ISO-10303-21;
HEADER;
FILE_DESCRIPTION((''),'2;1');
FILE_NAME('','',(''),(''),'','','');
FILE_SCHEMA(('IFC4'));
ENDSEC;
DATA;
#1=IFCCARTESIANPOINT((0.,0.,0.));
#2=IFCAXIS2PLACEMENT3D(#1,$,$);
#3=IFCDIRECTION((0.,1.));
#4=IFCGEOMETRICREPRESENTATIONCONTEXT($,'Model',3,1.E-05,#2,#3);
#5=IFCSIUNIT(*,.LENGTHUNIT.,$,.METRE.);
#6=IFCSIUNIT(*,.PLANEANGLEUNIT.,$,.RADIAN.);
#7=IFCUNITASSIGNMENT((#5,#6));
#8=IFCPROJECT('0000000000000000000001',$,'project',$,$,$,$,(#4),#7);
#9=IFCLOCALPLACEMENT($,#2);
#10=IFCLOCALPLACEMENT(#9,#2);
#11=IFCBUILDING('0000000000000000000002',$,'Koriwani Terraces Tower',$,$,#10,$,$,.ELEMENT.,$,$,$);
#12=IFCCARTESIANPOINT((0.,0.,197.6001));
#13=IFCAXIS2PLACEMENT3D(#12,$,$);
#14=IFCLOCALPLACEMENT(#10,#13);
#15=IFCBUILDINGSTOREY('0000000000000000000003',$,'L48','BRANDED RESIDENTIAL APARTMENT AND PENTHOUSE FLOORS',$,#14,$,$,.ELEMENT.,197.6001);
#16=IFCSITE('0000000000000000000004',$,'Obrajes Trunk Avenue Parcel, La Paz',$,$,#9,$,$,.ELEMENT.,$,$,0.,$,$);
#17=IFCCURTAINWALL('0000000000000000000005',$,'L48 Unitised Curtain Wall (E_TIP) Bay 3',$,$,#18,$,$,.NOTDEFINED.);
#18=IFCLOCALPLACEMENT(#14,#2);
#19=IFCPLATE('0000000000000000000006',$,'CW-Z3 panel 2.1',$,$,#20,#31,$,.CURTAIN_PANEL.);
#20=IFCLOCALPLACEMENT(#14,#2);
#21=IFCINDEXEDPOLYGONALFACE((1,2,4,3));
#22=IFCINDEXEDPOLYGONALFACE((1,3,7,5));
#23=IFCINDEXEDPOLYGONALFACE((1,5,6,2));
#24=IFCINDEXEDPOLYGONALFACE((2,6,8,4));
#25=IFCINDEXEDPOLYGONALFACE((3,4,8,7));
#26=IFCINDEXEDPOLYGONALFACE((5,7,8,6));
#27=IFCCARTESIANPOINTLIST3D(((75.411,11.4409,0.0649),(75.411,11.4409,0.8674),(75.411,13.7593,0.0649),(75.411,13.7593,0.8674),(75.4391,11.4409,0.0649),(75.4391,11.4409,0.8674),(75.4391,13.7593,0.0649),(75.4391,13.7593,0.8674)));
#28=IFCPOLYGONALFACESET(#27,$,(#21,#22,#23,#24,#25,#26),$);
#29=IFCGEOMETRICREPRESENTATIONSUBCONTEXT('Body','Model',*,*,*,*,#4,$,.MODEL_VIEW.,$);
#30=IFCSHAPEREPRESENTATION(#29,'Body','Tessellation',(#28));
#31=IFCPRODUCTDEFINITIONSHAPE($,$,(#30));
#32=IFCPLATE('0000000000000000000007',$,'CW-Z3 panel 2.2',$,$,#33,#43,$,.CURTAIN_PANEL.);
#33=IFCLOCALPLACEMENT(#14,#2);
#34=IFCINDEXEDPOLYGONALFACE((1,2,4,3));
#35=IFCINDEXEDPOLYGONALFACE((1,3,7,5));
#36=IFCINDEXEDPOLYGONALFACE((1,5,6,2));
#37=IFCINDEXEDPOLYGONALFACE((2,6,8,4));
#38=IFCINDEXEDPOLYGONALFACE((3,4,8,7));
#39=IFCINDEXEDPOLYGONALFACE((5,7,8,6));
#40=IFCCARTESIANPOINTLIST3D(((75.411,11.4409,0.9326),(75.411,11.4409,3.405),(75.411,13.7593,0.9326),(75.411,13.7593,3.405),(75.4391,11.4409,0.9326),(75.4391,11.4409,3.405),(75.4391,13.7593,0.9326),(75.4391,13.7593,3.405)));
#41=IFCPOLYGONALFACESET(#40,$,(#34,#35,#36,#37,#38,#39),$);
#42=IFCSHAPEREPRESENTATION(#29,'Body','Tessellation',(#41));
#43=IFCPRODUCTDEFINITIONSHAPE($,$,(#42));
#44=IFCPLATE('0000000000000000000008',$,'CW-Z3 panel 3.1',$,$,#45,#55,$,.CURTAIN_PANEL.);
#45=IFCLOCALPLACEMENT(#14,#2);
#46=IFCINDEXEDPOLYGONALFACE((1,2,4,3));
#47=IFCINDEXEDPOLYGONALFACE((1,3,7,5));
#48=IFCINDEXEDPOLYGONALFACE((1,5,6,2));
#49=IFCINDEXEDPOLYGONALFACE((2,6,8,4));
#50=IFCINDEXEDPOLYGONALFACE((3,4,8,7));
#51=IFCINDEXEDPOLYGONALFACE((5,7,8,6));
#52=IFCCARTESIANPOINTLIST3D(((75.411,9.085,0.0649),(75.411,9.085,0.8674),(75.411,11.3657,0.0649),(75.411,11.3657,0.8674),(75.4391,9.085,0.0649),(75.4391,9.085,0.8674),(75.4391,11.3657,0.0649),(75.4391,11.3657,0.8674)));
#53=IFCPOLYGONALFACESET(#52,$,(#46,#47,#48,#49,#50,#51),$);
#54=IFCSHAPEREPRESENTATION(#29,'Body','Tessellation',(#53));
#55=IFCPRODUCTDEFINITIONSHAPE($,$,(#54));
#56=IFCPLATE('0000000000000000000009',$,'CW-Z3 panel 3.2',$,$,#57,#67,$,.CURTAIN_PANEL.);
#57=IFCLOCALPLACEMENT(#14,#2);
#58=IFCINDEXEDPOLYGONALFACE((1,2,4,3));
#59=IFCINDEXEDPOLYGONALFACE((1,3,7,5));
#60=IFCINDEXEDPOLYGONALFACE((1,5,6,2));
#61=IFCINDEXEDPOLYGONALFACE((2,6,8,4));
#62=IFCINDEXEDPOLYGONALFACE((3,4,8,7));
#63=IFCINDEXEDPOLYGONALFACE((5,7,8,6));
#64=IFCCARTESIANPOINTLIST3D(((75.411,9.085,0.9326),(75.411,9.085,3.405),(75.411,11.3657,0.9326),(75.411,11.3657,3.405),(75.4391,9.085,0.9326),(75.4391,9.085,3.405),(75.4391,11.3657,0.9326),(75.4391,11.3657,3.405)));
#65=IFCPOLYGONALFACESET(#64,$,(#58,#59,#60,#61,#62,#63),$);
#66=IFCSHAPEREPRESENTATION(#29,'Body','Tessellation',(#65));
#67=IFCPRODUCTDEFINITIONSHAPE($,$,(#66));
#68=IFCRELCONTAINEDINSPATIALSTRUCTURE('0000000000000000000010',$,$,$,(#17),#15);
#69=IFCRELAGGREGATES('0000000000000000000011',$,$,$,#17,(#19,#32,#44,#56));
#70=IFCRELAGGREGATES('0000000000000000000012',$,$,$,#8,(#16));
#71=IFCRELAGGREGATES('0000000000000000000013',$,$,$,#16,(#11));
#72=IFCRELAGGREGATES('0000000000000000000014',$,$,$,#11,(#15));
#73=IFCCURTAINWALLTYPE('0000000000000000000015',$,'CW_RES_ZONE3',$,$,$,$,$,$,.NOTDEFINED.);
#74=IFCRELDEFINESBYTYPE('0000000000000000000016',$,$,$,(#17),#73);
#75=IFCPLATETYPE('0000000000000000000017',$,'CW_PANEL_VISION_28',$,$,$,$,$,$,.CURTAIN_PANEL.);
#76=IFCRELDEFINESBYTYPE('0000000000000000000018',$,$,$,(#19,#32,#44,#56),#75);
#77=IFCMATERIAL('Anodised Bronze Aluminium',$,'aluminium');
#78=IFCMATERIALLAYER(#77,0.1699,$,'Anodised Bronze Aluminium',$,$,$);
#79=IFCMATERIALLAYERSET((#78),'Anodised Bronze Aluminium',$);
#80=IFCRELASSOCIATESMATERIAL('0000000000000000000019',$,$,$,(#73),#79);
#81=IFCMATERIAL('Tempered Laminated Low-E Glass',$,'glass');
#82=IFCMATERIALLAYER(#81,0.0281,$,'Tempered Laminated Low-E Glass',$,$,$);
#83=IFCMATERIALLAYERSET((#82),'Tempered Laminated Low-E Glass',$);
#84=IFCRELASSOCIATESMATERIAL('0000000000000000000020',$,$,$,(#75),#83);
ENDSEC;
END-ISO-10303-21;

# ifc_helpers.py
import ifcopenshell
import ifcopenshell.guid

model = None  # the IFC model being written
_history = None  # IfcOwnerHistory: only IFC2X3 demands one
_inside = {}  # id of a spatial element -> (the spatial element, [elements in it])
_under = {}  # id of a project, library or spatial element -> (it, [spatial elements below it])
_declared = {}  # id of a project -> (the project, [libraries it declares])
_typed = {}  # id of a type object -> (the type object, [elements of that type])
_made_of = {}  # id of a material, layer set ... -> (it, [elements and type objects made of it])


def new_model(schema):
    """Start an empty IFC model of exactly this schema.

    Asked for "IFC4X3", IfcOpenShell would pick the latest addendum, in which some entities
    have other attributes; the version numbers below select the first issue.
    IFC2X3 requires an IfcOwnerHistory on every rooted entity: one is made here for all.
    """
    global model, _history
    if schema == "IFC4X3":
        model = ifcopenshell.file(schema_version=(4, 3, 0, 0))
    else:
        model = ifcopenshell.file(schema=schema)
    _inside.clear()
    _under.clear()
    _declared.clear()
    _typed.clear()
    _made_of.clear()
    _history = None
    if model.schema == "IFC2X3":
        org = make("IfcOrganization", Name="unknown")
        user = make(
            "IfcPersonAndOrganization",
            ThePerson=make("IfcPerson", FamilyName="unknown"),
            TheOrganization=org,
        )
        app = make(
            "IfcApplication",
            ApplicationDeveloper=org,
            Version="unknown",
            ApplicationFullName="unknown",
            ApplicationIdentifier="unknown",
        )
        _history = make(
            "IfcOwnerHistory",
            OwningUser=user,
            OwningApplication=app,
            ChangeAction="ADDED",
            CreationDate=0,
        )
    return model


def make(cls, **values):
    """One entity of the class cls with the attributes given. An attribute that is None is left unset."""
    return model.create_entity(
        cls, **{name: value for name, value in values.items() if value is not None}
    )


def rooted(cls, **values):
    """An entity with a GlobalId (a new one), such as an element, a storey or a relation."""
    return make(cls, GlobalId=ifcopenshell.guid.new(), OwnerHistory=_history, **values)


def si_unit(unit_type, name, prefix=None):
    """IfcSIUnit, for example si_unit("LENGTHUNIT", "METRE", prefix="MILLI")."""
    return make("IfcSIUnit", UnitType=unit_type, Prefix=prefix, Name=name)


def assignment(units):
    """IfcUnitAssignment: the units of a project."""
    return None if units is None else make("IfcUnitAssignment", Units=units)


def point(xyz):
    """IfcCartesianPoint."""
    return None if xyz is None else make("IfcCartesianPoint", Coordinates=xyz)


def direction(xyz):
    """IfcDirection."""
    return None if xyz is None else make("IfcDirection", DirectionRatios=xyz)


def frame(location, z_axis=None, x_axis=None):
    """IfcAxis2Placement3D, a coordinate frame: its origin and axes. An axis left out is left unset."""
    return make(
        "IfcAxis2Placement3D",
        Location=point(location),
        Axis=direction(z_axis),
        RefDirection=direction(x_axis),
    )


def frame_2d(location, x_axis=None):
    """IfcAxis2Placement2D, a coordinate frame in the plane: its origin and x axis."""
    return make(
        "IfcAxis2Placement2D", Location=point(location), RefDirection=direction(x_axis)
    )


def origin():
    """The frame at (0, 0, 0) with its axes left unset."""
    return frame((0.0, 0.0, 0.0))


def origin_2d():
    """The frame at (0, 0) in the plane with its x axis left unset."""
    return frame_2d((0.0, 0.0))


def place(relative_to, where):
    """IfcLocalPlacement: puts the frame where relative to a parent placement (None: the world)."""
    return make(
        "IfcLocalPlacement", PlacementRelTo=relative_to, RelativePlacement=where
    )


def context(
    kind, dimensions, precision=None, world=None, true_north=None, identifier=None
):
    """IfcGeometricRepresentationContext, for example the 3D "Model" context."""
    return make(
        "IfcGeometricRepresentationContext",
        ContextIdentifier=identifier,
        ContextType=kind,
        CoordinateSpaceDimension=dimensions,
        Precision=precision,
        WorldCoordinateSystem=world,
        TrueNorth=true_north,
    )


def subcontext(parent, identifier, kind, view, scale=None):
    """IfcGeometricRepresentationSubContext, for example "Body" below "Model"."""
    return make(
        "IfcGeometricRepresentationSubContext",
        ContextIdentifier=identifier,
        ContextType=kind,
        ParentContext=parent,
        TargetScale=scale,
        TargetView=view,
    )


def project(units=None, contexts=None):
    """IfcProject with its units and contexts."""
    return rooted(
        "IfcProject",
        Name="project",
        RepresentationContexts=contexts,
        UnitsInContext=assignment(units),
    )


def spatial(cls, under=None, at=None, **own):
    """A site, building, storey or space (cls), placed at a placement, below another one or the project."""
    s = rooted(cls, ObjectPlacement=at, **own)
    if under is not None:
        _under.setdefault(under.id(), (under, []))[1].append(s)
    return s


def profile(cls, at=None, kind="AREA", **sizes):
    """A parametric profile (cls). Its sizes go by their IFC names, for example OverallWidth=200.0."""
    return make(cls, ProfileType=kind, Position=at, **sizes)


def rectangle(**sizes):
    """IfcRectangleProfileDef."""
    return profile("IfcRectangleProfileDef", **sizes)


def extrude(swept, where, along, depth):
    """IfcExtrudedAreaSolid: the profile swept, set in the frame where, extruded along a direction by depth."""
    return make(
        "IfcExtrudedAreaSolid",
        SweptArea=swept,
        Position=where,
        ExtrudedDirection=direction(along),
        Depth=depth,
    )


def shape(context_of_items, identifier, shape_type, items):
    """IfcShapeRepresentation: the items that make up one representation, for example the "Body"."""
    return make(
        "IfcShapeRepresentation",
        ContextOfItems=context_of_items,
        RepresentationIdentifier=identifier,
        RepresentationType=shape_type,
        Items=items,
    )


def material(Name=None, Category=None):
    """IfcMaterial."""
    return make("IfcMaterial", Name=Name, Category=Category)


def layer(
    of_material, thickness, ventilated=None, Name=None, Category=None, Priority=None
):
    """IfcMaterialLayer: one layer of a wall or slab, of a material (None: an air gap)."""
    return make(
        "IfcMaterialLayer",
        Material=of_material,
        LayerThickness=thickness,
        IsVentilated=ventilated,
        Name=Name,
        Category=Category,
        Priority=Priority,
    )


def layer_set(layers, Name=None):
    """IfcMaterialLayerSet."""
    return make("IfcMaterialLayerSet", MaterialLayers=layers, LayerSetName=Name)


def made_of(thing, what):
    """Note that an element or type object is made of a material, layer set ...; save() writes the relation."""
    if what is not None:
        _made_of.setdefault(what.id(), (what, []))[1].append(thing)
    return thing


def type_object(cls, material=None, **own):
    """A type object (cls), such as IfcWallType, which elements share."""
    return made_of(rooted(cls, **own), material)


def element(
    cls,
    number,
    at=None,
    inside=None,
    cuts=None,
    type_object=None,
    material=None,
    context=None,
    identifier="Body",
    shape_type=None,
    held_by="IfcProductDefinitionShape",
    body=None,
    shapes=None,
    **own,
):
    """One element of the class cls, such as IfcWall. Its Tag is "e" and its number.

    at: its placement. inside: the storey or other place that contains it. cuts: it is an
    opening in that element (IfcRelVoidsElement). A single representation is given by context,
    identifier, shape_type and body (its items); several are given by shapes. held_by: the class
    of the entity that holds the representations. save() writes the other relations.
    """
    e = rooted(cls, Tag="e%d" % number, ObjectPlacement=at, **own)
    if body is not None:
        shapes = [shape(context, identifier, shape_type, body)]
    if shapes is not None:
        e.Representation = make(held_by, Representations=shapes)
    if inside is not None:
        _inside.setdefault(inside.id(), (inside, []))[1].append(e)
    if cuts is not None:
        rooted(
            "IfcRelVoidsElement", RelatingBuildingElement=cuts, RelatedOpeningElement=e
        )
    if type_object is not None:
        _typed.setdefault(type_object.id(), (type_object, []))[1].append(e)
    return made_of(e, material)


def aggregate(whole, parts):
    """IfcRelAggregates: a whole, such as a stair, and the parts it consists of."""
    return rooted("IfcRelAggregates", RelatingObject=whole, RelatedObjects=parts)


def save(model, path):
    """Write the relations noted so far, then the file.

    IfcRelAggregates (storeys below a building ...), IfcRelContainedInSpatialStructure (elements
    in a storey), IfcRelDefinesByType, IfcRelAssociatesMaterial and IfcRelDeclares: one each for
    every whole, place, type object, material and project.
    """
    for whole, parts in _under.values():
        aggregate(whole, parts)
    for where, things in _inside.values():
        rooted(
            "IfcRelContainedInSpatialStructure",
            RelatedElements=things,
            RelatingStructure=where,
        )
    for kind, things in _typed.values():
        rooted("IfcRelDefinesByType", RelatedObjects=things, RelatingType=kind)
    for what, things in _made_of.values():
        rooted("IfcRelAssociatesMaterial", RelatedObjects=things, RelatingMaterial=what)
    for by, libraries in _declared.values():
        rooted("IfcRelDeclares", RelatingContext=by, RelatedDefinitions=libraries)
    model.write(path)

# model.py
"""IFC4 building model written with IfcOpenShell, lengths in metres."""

from ifc_helpers import new_model, si_unit, direction, frame, origin, origin_2d, place, context, subcontext, project, spatial, rectangle, extrude, material, layer, layer_set, type_object, element, aggregate, save


model = new_model("IFC4")

# Units and contexts
model_context = context("Model", 3, precision=1e-05, world=origin(), true_north=direction((0.0, 1.0)))
body_context = subcontext(model_context, "Body", "Model", "MODEL_VIEW")
ifc_project = project(units=[si_unit("LENGTHUNIT", "METRE"), si_unit("PLANEANGLEUNIT", "RADIAN")], contexts=[model_context])

# Site, building, storey
site_placement = place(None, origin())
site = spatial("IfcSite", under=ifc_project, at=site_placement, Name="Obrajes Trunk Avenue Parcel, La Paz", CompositionType="ELEMENT", RefElevation=0.0)
building_placement = place(site_placement, origin())
building = spatial("IfcBuilding", under=site, at=building_placement, Name="Koriwani Terraces Tower", CompositionType="ELEMENT")
storey_placement = place(building_placement, frame((0.0, 0.0, 197.6001)))
storey = spatial("IfcBuildingStorey", under=building, at=storey_placement, Name="L48", Description="BRANDED RESIDENTIAL APARTMENT AND PENTHOUSE FLOORS", CompositionType="ELEMENT", Elevation=197.6001)

# Shared definitions
ifc_material_1 = material(Name="Anodised Bronze Aluminium", Category="aluminium")
ifc_layer_1 = layer(ifc_material_1, 0.1699, Name="Anodised Bronze Aluminium")
ifc_layer_set_1 = layer_set([ifc_layer_1], Name="Anodised Bronze Aluminium")
curtain_wall_type = type_object("IfcCurtainWallType", Name="CW_RES_ZONE3", PredefinedType="NOTDEFINED", material=ifc_layer_set_1)

# Curtain wall
curtain_wall_1_placement = place(storey_placement, origin())
curtain_wall_1 = element("IfcCurtainWall", 1, at=curtain_wall_1_placement, inside=storey, type_object=curtain_wall_type, Name="L48 Unitised Curtain Wall (E_TIP) Bay 3", PredefinedType="NOTDEFINED")

# Plates
ifc_material_2 = material(Name="Tempered Laminated Low-E Glass", Category="glass")
ifc_layer_2 = layer(ifc_material_2, 0.0281, Name="Tempered Laminated Low-E Glass")
ifc_layer_set_2 = layer_set([ifc_layer_2], Name="Tempered Laminated Low-E Glass")
plate_type = type_object("IfcPlateType", Name="CW_PANEL_VISION_28", PredefinedType="CURTAIN_PANEL", material=ifc_layer_set_2)
plate_1_placement = place(storey_placement, frame((75.425, 12.6001, 0.0649), z_axis=(0.0, 0.0, 1.0), x_axis=(0.0, -1.0, 0.0)))
plate_1 = element("IfcPlate", 2, at=plate_1_placement, type_object=plate_type, Name="CW-Z3 panel 2.1", PredefinedType="CURTAIN_PANEL", context=body_context, shape_type="SweptSolid", body=[
    extrude(rectangle(XDim=2.3184, YDim=0.0281, at=origin_2d()), origin(), (0.0, 0.0, 1.0), 0.8025),
])
plate_2_placement = place(storey_placement, frame((75.425, 12.6001, 0.9326), z_axis=(0.0, 0.0, 1.0), x_axis=(0.0, -1.0, 0.0)))
plate_2 = element("IfcPlate", 3, at=plate_2_placement, type_object=plate_type, Name="CW-Z3 panel 2.2", PredefinedType="CURTAIN_PANEL", context=body_context, shape_type="SweptSolid", body=[
    extrude(rectangle(XDim=2.3184, YDim=0.0281, at=origin_2d()), origin(), (0.0, 0.0, 1.0), 2.4724),
])
plate_3_placement = place(storey_placement, frame((75.425, 10.2253, 0.0649), z_axis=(0.0, 0.0, 1.0), x_axis=(0.0, -1.0, 0.0)))
plate_3 = element("IfcPlate", 4, at=plate_3_placement, type_object=plate_type, Name="CW-Z3 panel 3.1", PredefinedType="CURTAIN_PANEL", context=body_context, shape_type="SweptSolid", body=[
    extrude(rectangle(XDim=2.2808, YDim=0.0281, at=origin_2d()), origin(), (0.0, 0.0, 1.0), 0.8025),
])
plate_4_placement = place(storey_placement, frame((75.425, 10.2253, 0.9326), z_axis=(0.0, 0.0, 1.0), x_axis=(0.0, -1.0, 0.0)))
plate_4 = element("IfcPlate", 5, at=plate_4_placement, type_object=plate_type, Name="CW-Z3 panel 3.2", PredefinedType="CURTAIN_PANEL", context=body_context, shape_type="SweptSolid", body=[
    extrude(rectangle(XDim=2.2808, YDim=0.0281, at=origin_2d()), origin(), (0.0, 0.0, 1.0), 2.4724),
])
aggregate(curtain_wall_1, [plate_1, plate_2, plate_3, plate_4])

save(model, "model.ifc")
